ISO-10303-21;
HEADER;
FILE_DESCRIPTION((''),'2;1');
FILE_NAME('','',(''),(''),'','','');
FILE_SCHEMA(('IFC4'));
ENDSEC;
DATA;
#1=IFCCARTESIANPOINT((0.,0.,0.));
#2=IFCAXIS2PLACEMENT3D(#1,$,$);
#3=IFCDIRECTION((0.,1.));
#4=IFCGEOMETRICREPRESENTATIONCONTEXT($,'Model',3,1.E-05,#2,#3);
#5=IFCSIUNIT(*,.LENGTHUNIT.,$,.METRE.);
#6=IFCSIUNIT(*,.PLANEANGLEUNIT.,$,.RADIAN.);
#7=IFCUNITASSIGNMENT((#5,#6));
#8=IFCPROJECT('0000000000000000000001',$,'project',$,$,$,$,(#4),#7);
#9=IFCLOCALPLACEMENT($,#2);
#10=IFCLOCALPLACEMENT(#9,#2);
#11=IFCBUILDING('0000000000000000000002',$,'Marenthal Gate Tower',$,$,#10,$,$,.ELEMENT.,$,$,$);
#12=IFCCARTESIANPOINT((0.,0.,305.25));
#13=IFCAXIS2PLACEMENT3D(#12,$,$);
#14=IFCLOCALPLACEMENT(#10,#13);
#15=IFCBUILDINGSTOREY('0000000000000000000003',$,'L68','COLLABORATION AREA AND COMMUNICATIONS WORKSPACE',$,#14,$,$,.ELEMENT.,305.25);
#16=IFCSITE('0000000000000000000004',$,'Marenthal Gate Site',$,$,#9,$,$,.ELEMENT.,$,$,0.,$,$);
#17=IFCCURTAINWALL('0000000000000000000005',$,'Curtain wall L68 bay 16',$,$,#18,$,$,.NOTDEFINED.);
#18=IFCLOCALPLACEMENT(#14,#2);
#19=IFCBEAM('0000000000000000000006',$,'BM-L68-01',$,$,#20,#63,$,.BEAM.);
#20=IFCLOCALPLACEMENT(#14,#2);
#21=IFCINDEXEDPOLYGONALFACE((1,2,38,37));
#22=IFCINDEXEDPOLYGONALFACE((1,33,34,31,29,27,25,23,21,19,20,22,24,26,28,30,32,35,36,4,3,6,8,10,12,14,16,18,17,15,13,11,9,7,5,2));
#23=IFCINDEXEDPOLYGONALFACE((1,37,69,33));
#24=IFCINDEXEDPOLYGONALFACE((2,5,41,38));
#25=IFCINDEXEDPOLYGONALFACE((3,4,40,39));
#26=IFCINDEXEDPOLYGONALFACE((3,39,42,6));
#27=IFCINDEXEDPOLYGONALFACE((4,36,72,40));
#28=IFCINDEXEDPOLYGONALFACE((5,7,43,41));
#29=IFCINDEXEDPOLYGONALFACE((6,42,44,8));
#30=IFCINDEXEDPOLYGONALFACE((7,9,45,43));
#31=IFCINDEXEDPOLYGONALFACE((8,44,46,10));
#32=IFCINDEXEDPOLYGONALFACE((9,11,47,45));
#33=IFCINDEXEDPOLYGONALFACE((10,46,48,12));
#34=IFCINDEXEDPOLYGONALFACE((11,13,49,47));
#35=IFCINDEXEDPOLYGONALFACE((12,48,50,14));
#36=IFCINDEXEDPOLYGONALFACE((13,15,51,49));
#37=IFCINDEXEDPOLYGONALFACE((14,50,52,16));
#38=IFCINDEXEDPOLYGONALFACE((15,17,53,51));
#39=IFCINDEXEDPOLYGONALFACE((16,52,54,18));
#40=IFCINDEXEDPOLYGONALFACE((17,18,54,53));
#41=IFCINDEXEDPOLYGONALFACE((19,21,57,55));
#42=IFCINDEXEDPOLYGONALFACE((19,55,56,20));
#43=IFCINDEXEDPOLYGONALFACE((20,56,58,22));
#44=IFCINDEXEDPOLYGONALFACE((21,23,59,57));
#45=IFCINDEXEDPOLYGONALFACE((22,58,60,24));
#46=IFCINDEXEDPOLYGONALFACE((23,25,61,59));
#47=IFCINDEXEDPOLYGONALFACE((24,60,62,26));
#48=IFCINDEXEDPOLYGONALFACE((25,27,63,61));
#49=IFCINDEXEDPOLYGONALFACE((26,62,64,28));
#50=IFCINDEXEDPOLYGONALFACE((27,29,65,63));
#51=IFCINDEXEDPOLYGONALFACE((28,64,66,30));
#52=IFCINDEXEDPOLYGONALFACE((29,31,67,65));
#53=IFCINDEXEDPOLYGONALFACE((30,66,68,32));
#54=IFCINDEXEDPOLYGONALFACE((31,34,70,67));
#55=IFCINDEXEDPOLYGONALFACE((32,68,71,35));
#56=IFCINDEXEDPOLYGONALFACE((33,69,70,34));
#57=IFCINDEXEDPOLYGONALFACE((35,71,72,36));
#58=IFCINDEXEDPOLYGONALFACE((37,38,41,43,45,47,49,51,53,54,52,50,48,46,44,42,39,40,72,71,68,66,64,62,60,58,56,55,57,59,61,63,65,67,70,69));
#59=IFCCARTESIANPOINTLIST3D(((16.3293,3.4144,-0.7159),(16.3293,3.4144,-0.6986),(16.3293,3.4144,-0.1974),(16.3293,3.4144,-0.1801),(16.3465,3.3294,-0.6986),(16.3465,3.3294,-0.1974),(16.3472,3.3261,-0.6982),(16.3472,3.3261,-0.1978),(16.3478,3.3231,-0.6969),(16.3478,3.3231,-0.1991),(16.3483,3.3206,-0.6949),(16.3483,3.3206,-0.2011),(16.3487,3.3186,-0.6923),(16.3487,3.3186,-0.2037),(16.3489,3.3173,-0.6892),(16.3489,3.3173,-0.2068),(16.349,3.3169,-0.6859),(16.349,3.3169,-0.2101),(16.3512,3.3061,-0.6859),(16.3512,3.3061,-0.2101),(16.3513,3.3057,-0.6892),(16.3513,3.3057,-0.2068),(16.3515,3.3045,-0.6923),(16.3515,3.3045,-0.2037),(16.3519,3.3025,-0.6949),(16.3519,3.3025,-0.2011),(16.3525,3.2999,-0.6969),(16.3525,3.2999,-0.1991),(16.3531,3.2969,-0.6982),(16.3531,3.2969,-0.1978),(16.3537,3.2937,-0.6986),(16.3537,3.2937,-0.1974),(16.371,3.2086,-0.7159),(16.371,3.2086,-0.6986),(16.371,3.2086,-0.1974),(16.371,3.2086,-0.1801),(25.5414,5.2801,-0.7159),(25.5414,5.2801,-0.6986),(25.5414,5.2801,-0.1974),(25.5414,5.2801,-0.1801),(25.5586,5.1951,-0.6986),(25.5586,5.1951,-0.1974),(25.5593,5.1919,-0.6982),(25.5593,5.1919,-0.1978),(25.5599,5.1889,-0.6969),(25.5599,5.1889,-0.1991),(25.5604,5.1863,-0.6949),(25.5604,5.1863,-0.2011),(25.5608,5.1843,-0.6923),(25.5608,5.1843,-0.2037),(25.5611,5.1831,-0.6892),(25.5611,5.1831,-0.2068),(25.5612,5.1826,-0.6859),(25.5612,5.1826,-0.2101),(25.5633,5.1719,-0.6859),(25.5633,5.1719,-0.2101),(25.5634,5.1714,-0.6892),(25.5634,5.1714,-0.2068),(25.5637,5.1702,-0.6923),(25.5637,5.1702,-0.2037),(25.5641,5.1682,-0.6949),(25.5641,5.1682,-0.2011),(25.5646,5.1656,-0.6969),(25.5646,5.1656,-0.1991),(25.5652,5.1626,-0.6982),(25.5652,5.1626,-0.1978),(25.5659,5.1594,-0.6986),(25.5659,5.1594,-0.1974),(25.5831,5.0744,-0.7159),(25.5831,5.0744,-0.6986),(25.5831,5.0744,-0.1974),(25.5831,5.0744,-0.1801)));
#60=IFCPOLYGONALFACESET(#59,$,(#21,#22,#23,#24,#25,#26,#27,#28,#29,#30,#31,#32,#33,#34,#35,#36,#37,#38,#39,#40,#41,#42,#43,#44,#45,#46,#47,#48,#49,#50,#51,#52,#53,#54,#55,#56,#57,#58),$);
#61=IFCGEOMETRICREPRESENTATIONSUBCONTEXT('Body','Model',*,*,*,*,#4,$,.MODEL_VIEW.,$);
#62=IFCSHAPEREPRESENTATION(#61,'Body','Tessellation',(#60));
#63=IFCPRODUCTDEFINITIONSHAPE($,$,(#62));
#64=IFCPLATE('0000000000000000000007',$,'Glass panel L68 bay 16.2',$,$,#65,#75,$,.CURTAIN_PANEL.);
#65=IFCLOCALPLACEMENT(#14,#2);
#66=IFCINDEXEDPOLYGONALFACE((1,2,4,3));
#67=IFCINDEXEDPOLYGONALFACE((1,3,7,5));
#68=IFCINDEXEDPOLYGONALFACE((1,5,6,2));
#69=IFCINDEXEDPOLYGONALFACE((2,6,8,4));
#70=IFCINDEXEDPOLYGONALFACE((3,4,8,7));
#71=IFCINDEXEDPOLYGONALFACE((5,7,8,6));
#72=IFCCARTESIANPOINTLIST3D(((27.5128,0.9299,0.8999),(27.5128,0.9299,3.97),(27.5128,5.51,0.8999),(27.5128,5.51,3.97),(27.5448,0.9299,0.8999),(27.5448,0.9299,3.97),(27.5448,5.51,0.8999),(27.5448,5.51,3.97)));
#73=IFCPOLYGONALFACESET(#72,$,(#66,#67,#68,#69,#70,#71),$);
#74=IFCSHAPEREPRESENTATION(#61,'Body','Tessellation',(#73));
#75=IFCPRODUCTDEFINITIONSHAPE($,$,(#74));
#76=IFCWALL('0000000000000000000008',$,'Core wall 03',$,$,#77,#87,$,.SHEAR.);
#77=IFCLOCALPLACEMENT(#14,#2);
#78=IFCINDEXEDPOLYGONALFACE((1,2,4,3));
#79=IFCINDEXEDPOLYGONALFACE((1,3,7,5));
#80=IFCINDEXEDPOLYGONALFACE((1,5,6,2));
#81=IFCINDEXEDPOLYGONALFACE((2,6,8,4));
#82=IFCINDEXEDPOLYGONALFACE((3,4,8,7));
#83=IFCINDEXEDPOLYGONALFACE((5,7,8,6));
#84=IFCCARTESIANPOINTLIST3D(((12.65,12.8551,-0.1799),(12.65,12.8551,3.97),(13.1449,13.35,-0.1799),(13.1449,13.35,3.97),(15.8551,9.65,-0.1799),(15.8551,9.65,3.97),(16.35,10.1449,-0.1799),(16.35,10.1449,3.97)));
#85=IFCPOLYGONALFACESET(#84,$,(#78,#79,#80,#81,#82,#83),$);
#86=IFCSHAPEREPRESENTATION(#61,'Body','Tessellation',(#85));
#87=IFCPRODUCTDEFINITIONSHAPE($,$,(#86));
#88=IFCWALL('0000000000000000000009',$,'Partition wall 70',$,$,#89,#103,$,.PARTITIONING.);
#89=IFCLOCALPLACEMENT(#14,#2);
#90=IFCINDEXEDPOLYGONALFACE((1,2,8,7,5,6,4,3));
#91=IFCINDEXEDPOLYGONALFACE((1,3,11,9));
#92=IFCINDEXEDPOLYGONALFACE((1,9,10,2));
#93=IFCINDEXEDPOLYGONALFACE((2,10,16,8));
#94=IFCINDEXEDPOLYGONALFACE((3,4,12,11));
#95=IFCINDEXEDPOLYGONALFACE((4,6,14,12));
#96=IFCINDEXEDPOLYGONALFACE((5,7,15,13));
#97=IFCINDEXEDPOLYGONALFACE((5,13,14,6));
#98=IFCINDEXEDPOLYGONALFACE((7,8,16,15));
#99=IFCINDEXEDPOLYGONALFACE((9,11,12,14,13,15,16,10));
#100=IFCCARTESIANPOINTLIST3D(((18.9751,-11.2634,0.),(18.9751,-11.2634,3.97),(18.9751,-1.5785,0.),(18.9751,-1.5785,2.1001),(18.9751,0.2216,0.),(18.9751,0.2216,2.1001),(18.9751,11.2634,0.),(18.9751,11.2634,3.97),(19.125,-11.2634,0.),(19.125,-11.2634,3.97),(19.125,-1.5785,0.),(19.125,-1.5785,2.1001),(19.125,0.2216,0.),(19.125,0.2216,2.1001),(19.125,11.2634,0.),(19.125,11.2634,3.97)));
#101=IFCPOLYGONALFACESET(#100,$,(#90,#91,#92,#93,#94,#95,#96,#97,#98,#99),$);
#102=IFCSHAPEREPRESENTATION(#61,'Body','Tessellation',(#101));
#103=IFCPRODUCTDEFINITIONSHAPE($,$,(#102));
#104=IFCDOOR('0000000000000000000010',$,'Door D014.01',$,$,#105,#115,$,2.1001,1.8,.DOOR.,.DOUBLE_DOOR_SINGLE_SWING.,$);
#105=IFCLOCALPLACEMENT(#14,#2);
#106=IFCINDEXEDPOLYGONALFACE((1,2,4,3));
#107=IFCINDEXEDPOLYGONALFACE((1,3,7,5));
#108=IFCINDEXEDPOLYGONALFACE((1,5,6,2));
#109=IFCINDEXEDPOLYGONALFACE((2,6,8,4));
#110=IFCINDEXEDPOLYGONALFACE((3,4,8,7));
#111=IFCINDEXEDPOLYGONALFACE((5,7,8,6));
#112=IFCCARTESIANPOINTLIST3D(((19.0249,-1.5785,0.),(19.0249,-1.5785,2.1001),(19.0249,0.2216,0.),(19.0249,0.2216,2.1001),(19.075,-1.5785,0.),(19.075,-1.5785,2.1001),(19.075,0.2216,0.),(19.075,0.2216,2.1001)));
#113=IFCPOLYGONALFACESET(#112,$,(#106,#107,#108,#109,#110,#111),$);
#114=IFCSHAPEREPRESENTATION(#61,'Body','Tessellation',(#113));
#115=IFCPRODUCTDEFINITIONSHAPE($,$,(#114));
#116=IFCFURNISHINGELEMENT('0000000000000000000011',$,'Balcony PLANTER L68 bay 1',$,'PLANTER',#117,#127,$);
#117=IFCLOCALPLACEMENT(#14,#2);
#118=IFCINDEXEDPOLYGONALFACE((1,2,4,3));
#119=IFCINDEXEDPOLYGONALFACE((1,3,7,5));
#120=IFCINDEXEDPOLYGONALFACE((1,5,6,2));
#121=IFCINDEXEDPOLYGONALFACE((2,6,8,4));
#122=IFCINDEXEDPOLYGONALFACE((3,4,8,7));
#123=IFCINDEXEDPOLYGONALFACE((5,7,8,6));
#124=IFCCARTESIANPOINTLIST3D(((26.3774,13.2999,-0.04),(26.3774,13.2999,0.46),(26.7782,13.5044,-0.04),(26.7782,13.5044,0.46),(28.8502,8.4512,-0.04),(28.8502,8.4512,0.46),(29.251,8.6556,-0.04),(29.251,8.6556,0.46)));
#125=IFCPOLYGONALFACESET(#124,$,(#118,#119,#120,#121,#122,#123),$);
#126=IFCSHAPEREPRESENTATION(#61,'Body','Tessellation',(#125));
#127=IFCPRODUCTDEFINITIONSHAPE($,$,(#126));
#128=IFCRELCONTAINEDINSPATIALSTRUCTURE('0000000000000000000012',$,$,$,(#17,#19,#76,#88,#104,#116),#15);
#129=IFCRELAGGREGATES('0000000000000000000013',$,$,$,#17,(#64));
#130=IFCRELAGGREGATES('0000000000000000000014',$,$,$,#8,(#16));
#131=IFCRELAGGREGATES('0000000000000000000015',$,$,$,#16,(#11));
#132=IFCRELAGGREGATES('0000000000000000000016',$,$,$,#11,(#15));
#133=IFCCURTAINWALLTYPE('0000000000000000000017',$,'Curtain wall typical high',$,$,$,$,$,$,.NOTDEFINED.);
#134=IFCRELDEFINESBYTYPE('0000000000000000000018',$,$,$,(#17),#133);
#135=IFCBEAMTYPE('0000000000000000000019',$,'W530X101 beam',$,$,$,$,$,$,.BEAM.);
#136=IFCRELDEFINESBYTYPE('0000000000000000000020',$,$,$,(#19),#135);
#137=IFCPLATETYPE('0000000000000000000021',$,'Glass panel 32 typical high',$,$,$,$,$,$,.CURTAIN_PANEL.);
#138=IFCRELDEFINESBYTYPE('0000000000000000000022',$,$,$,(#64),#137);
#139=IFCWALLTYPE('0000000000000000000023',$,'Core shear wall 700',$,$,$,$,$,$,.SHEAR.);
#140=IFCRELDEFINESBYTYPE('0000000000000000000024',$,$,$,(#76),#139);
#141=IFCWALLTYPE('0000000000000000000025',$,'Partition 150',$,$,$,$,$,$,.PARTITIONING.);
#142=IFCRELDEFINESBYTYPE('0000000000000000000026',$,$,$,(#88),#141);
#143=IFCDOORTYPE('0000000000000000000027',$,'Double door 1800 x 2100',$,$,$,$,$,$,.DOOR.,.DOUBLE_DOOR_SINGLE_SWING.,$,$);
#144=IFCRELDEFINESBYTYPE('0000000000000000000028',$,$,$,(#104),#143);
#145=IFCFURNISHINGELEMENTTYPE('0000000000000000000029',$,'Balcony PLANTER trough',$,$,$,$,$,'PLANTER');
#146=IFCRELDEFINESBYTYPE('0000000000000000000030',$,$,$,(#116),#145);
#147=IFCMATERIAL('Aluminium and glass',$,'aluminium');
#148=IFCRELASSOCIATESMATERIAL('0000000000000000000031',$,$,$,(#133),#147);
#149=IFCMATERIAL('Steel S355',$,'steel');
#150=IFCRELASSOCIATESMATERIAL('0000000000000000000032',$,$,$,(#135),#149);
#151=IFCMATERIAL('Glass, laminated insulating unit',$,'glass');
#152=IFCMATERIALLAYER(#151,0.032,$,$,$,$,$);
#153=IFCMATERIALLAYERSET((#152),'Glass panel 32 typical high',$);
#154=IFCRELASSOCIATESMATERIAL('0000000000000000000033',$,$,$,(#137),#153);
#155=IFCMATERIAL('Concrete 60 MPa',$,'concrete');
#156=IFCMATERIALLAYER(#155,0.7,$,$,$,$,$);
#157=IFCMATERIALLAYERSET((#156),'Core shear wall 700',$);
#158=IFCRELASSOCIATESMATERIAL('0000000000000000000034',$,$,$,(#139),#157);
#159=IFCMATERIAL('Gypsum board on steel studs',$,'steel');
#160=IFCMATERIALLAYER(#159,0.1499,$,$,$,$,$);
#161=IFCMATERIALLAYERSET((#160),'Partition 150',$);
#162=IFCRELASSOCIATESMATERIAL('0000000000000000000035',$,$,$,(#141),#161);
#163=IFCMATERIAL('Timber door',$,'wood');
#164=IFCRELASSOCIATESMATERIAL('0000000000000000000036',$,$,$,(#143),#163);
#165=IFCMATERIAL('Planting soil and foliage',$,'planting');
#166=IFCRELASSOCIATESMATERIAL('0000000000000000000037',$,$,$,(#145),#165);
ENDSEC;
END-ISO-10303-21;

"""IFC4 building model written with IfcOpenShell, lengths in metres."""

from ifc_helpers import new_model, si_unit, direction, frame, frame_2d, origin, origin_2d, place, context, subcontext, project, spatial, rectangle, i_section, extrude, material, layer, layer_set, material_profile, profile_set, type_object, element, fill, aggregate, save


model = new_model("IFC4")

# Units and contexts
model_context = context("Model", 3, precision=1e-05, world=origin(), true_north=direction((0.0, 1.0)))
body_context = subcontext(model_context, "Body", "Model", "MODEL_VIEW")
ifc_project = project(units=[si_unit("LENGTHUNIT", "METRE"), si_unit("PLANEANGLEUNIT", "RADIAN")], contexts=[model_context])

# Site, building, storey
site_placement = place(None, origin())
site = spatial("IfcSite", under=ifc_project, at=site_placement, Name="Marenthal Gate Site", CompositionType="ELEMENT", RefElevation=0.0)
building_placement = place(site_placement, origin())
building = spatial("IfcBuilding", under=site, at=building_placement, Name="Marenthal Gate Tower", CompositionType="ELEMENT")
storey_placement = place(building_placement, frame((0.0, 0.0, 305.25)))
storey = spatial("IfcBuildingStorey", under=building, at=storey_placement, Name="L68", Description="COLLABORATION AREA AND COMMUNICATIONS WORKSPACE", CompositionType="ELEMENT", Elevation=305.25)

# Curtain wall
ifc_material_1 = material(Name="Aluminium and glass", Category="aluminium")
curtain_wall_type = type_object("IfcCurtainWallType", Name="Curtain wall typical high", PredefinedType="NOTDEFINED", material=ifc_material_1)
curtain_wall_placement = place(storey_placement, origin())
curtain_wall = element("IfcCurtainWall", 1, at=curtain_wall_placement, inside=storey, type_object=curtain_wall_type, Name="Curtain wall L68 bay 16", PredefinedType="NOTDEFINED")

# Beam
ifc_material_2 = material(Name="Steel S355", Category="steel")
ifc_material_profile_1 = material_profile(ifc_material_2, i_section(OverallWidth=0.21, OverallDepth=0.5359, WebThickness=0.011, FlangeThickness=0.0173, FilletRadius=0.0127, at=origin_2d()), Name="W530X101")
ifc_profile_set_1 = profile_set([ifc_material_profile_1], Name="Steel S355")
beam_type_1 = type_object("IfcBeamType", Name="W530X101 beam", PredefinedType="BEAM", material=ifc_profile_set_1)
beam_1_placement = place(storey_placement, frame((25.5623, 5.1772, -0.448), z_axis=(-0.980101, -0.198498, 0.0), x_axis=(0.198498, -0.980101, 0.0)))
element("IfcBeam", 2, at=beam_1_placement, inside=storey, type_object=beam_type_1, Name="BM-L68-01", PredefinedType="BEAM", context=body_context, shape_type="SweptSolid", body=[
    extrude(i_section(OverallWidth=0.21, OverallDepth=0.5359, WebThickness=0.011, FlangeThickness=0.0173, FilletRadius=0.0127, at=origin_2d()), origin(), (0.0, 0.0, 1.0), 9.3992),
])

# Plate
ifc_material_3 = material(Name="Glass, laminated insulating unit", Category="glass")
ifc_layer_1 = layer(ifc_material_3, 0.032)
ifc_layer_set_1 = layer_set([ifc_layer_1], Name="Glass panel 32 typical high")
plate_type = type_object("IfcPlateType", Name="Glass panel 32 typical high", PredefinedType="CURTAIN_PANEL", material=ifc_layer_set_1)
plate_placement = place(storey_placement, frame((27.5288, 3.22, 0.8999), z_axis=(0.0, 0.0, 1.0), x_axis=(0.0, 1.0, 0.0)))
plate = element("IfcPlate", 3, at=plate_placement, type_object=plate_type, Name="Glass panel L68 bay 16.2", PredefinedType="CURTAIN_PANEL", context=body_context, shape_type="SweptSolid", body=[
    extrude(rectangle(XDim=4.5801, YDim=0.032, at=origin_2d()), origin(), (0.0, 0.0, 1.0), 3.0701),
])
aggregate(curtain_wall, [plate])

# Wall
ifc_material_4 = material(Name="Concrete 60 MPa", Category="concrete")
ifc_layer_2 = layer(ifc_material_4, 0.7)
ifc_layer_set_2 = layer_set([ifc_layer_2], Name="Core shear wall 700")
wall_type_1 = type_object("IfcWallType", Name="Core shear wall 700", PredefinedType="SHEAR", material=ifc_layer_set_2)
wall_1_placement = place(storey_placement, frame((16.1025, 9.8975, -0.1799), z_axis=(0.0, 0.0, 1.0), x_axis=(-0.707107, 0.707107, 0.0)))
element("IfcWall", 4, at=wall_1_placement, inside=storey, type_object=wall_type_1, Name="Core wall 03", PredefinedType="SHEAR", context=body_context, shape_type="SweptSolid", body=[
    extrude(rectangle(XDim=4.5327, YDim=0.7, at=frame_2d((2.2664, 0.0))), origin(), (0.0, 0.0, 1.0), 4.1499),
])

# Wall, opening, door
ifc_material_5 = material(Name="Gypsum board on steel studs", Category="steel")
ifc_layer_3 = layer(ifc_material_5, 0.1499)
ifc_layer_set_3 = layer_set([ifc_layer_3], Name="Partition 150")
wall_type_2 = type_object("IfcWallType", Name="Partition 150", PredefinedType="PARTITIONING", material=ifc_layer_set_3)
wall_2_placement = place(storey_placement, frame((19.05, 11.2634, 0.0), z_axis=(0.0, 0.0, 1.0), x_axis=(0.0, -1.0, 0.0)))
wall_2 = element("IfcWall", 5, at=wall_2_placement, inside=storey, type_object=wall_type_2, Name="Partition wall 70", PredefinedType="PARTITIONING", context=body_context, shape_type="SweptSolid", body=[
    extrude(rectangle(XDim=22.5269, YDim=0.1499, at=frame_2d((11.2634, 0.0))), origin(), (0.0, 0.0, 1.0), 3.97),
])
opening_1_placement = place(wall_2_placement, frame((11.042, 0.0, 0.0)))
opening_1 = element("IfcOpeningElement", 6, at=opening_1_placement, cuts=wall_2, PredefinedType="OPENING", context=body_context, shape_type="SweptSolid", body=[
    extrude(rectangle(XDim=1.8, YDim=2.1001, at=frame_2d((0.8999, 1.05))), frame((0.0, 0.085, 0.0), z_axis=(0.0, -1.0, 0.0), x_axis=(1.0, 0.0, 0.0)), (0.0, 0.0, 1.0), 0.1699),
])
ifc_material_6 = material(Name="Timber door", Category="wood")
door_type_1 = type_object("IfcDoorType", Name="Double door 1800 x 2100", OperationType="DOUBLE_DOOR_SINGLE_SWING", PredefinedType="DOOR", material=ifc_material_6)
door_1_placement = place(opening_1_placement, origin())
door_1 = element("IfcDoor", 7, at=door_1_placement, inside=storey, type_object=door_type_1, Name="Door D014.01", OperationType="DOUBLE_DOOR_SINGLE_SWING", OverallHeight=2.1001, OverallWidth=1.8, PredefinedType="DOOR", context=body_context, shape_type="SweptSolid", body=[
    extrude(rectangle(XDim=1.8, YDim=2.1001, at=frame_2d((0.8999, 1.05))), frame((0.0, 0.0249, 0.0), z_axis=(0.0, -1.0, 0.0), x_axis=(1.0, 0.0, 0.0)), (0.0, 0.0, 1.0), 0.05),
])
fill(opening_1, door_1)

# Furnishing element
ifc_material_7 = material(Name="Planting soil and foliage", Category="planting")
furnishing_element_type = type_object("IfcFurnishingElementType", Name="Balcony PLANTER trough", ElementType="PLANTER", material=ifc_material_7)
furnishing_placement = place(storey_placement, frame((27.8142, 10.9778, -0.04), z_axis=(0.0, 0.0, 1.0), x_axis=(-0.454321, 0.890838, 0.0)))
element("IfcFurnishingElement", 8, at=furnishing_placement, inside=storey, type_object=furnishing_element_type, Name="Balcony PLANTER L68 bay 1", ObjectType="PLANTER", context=body_context, shape_type="SweptSolid", body=[
    extrude(rectangle(XDim=5.4429, YDim=0.45, at=origin_2d()), origin(), (0.0, 0.0, 1.0), 0.5),
])

save(model, "model.ifc")
